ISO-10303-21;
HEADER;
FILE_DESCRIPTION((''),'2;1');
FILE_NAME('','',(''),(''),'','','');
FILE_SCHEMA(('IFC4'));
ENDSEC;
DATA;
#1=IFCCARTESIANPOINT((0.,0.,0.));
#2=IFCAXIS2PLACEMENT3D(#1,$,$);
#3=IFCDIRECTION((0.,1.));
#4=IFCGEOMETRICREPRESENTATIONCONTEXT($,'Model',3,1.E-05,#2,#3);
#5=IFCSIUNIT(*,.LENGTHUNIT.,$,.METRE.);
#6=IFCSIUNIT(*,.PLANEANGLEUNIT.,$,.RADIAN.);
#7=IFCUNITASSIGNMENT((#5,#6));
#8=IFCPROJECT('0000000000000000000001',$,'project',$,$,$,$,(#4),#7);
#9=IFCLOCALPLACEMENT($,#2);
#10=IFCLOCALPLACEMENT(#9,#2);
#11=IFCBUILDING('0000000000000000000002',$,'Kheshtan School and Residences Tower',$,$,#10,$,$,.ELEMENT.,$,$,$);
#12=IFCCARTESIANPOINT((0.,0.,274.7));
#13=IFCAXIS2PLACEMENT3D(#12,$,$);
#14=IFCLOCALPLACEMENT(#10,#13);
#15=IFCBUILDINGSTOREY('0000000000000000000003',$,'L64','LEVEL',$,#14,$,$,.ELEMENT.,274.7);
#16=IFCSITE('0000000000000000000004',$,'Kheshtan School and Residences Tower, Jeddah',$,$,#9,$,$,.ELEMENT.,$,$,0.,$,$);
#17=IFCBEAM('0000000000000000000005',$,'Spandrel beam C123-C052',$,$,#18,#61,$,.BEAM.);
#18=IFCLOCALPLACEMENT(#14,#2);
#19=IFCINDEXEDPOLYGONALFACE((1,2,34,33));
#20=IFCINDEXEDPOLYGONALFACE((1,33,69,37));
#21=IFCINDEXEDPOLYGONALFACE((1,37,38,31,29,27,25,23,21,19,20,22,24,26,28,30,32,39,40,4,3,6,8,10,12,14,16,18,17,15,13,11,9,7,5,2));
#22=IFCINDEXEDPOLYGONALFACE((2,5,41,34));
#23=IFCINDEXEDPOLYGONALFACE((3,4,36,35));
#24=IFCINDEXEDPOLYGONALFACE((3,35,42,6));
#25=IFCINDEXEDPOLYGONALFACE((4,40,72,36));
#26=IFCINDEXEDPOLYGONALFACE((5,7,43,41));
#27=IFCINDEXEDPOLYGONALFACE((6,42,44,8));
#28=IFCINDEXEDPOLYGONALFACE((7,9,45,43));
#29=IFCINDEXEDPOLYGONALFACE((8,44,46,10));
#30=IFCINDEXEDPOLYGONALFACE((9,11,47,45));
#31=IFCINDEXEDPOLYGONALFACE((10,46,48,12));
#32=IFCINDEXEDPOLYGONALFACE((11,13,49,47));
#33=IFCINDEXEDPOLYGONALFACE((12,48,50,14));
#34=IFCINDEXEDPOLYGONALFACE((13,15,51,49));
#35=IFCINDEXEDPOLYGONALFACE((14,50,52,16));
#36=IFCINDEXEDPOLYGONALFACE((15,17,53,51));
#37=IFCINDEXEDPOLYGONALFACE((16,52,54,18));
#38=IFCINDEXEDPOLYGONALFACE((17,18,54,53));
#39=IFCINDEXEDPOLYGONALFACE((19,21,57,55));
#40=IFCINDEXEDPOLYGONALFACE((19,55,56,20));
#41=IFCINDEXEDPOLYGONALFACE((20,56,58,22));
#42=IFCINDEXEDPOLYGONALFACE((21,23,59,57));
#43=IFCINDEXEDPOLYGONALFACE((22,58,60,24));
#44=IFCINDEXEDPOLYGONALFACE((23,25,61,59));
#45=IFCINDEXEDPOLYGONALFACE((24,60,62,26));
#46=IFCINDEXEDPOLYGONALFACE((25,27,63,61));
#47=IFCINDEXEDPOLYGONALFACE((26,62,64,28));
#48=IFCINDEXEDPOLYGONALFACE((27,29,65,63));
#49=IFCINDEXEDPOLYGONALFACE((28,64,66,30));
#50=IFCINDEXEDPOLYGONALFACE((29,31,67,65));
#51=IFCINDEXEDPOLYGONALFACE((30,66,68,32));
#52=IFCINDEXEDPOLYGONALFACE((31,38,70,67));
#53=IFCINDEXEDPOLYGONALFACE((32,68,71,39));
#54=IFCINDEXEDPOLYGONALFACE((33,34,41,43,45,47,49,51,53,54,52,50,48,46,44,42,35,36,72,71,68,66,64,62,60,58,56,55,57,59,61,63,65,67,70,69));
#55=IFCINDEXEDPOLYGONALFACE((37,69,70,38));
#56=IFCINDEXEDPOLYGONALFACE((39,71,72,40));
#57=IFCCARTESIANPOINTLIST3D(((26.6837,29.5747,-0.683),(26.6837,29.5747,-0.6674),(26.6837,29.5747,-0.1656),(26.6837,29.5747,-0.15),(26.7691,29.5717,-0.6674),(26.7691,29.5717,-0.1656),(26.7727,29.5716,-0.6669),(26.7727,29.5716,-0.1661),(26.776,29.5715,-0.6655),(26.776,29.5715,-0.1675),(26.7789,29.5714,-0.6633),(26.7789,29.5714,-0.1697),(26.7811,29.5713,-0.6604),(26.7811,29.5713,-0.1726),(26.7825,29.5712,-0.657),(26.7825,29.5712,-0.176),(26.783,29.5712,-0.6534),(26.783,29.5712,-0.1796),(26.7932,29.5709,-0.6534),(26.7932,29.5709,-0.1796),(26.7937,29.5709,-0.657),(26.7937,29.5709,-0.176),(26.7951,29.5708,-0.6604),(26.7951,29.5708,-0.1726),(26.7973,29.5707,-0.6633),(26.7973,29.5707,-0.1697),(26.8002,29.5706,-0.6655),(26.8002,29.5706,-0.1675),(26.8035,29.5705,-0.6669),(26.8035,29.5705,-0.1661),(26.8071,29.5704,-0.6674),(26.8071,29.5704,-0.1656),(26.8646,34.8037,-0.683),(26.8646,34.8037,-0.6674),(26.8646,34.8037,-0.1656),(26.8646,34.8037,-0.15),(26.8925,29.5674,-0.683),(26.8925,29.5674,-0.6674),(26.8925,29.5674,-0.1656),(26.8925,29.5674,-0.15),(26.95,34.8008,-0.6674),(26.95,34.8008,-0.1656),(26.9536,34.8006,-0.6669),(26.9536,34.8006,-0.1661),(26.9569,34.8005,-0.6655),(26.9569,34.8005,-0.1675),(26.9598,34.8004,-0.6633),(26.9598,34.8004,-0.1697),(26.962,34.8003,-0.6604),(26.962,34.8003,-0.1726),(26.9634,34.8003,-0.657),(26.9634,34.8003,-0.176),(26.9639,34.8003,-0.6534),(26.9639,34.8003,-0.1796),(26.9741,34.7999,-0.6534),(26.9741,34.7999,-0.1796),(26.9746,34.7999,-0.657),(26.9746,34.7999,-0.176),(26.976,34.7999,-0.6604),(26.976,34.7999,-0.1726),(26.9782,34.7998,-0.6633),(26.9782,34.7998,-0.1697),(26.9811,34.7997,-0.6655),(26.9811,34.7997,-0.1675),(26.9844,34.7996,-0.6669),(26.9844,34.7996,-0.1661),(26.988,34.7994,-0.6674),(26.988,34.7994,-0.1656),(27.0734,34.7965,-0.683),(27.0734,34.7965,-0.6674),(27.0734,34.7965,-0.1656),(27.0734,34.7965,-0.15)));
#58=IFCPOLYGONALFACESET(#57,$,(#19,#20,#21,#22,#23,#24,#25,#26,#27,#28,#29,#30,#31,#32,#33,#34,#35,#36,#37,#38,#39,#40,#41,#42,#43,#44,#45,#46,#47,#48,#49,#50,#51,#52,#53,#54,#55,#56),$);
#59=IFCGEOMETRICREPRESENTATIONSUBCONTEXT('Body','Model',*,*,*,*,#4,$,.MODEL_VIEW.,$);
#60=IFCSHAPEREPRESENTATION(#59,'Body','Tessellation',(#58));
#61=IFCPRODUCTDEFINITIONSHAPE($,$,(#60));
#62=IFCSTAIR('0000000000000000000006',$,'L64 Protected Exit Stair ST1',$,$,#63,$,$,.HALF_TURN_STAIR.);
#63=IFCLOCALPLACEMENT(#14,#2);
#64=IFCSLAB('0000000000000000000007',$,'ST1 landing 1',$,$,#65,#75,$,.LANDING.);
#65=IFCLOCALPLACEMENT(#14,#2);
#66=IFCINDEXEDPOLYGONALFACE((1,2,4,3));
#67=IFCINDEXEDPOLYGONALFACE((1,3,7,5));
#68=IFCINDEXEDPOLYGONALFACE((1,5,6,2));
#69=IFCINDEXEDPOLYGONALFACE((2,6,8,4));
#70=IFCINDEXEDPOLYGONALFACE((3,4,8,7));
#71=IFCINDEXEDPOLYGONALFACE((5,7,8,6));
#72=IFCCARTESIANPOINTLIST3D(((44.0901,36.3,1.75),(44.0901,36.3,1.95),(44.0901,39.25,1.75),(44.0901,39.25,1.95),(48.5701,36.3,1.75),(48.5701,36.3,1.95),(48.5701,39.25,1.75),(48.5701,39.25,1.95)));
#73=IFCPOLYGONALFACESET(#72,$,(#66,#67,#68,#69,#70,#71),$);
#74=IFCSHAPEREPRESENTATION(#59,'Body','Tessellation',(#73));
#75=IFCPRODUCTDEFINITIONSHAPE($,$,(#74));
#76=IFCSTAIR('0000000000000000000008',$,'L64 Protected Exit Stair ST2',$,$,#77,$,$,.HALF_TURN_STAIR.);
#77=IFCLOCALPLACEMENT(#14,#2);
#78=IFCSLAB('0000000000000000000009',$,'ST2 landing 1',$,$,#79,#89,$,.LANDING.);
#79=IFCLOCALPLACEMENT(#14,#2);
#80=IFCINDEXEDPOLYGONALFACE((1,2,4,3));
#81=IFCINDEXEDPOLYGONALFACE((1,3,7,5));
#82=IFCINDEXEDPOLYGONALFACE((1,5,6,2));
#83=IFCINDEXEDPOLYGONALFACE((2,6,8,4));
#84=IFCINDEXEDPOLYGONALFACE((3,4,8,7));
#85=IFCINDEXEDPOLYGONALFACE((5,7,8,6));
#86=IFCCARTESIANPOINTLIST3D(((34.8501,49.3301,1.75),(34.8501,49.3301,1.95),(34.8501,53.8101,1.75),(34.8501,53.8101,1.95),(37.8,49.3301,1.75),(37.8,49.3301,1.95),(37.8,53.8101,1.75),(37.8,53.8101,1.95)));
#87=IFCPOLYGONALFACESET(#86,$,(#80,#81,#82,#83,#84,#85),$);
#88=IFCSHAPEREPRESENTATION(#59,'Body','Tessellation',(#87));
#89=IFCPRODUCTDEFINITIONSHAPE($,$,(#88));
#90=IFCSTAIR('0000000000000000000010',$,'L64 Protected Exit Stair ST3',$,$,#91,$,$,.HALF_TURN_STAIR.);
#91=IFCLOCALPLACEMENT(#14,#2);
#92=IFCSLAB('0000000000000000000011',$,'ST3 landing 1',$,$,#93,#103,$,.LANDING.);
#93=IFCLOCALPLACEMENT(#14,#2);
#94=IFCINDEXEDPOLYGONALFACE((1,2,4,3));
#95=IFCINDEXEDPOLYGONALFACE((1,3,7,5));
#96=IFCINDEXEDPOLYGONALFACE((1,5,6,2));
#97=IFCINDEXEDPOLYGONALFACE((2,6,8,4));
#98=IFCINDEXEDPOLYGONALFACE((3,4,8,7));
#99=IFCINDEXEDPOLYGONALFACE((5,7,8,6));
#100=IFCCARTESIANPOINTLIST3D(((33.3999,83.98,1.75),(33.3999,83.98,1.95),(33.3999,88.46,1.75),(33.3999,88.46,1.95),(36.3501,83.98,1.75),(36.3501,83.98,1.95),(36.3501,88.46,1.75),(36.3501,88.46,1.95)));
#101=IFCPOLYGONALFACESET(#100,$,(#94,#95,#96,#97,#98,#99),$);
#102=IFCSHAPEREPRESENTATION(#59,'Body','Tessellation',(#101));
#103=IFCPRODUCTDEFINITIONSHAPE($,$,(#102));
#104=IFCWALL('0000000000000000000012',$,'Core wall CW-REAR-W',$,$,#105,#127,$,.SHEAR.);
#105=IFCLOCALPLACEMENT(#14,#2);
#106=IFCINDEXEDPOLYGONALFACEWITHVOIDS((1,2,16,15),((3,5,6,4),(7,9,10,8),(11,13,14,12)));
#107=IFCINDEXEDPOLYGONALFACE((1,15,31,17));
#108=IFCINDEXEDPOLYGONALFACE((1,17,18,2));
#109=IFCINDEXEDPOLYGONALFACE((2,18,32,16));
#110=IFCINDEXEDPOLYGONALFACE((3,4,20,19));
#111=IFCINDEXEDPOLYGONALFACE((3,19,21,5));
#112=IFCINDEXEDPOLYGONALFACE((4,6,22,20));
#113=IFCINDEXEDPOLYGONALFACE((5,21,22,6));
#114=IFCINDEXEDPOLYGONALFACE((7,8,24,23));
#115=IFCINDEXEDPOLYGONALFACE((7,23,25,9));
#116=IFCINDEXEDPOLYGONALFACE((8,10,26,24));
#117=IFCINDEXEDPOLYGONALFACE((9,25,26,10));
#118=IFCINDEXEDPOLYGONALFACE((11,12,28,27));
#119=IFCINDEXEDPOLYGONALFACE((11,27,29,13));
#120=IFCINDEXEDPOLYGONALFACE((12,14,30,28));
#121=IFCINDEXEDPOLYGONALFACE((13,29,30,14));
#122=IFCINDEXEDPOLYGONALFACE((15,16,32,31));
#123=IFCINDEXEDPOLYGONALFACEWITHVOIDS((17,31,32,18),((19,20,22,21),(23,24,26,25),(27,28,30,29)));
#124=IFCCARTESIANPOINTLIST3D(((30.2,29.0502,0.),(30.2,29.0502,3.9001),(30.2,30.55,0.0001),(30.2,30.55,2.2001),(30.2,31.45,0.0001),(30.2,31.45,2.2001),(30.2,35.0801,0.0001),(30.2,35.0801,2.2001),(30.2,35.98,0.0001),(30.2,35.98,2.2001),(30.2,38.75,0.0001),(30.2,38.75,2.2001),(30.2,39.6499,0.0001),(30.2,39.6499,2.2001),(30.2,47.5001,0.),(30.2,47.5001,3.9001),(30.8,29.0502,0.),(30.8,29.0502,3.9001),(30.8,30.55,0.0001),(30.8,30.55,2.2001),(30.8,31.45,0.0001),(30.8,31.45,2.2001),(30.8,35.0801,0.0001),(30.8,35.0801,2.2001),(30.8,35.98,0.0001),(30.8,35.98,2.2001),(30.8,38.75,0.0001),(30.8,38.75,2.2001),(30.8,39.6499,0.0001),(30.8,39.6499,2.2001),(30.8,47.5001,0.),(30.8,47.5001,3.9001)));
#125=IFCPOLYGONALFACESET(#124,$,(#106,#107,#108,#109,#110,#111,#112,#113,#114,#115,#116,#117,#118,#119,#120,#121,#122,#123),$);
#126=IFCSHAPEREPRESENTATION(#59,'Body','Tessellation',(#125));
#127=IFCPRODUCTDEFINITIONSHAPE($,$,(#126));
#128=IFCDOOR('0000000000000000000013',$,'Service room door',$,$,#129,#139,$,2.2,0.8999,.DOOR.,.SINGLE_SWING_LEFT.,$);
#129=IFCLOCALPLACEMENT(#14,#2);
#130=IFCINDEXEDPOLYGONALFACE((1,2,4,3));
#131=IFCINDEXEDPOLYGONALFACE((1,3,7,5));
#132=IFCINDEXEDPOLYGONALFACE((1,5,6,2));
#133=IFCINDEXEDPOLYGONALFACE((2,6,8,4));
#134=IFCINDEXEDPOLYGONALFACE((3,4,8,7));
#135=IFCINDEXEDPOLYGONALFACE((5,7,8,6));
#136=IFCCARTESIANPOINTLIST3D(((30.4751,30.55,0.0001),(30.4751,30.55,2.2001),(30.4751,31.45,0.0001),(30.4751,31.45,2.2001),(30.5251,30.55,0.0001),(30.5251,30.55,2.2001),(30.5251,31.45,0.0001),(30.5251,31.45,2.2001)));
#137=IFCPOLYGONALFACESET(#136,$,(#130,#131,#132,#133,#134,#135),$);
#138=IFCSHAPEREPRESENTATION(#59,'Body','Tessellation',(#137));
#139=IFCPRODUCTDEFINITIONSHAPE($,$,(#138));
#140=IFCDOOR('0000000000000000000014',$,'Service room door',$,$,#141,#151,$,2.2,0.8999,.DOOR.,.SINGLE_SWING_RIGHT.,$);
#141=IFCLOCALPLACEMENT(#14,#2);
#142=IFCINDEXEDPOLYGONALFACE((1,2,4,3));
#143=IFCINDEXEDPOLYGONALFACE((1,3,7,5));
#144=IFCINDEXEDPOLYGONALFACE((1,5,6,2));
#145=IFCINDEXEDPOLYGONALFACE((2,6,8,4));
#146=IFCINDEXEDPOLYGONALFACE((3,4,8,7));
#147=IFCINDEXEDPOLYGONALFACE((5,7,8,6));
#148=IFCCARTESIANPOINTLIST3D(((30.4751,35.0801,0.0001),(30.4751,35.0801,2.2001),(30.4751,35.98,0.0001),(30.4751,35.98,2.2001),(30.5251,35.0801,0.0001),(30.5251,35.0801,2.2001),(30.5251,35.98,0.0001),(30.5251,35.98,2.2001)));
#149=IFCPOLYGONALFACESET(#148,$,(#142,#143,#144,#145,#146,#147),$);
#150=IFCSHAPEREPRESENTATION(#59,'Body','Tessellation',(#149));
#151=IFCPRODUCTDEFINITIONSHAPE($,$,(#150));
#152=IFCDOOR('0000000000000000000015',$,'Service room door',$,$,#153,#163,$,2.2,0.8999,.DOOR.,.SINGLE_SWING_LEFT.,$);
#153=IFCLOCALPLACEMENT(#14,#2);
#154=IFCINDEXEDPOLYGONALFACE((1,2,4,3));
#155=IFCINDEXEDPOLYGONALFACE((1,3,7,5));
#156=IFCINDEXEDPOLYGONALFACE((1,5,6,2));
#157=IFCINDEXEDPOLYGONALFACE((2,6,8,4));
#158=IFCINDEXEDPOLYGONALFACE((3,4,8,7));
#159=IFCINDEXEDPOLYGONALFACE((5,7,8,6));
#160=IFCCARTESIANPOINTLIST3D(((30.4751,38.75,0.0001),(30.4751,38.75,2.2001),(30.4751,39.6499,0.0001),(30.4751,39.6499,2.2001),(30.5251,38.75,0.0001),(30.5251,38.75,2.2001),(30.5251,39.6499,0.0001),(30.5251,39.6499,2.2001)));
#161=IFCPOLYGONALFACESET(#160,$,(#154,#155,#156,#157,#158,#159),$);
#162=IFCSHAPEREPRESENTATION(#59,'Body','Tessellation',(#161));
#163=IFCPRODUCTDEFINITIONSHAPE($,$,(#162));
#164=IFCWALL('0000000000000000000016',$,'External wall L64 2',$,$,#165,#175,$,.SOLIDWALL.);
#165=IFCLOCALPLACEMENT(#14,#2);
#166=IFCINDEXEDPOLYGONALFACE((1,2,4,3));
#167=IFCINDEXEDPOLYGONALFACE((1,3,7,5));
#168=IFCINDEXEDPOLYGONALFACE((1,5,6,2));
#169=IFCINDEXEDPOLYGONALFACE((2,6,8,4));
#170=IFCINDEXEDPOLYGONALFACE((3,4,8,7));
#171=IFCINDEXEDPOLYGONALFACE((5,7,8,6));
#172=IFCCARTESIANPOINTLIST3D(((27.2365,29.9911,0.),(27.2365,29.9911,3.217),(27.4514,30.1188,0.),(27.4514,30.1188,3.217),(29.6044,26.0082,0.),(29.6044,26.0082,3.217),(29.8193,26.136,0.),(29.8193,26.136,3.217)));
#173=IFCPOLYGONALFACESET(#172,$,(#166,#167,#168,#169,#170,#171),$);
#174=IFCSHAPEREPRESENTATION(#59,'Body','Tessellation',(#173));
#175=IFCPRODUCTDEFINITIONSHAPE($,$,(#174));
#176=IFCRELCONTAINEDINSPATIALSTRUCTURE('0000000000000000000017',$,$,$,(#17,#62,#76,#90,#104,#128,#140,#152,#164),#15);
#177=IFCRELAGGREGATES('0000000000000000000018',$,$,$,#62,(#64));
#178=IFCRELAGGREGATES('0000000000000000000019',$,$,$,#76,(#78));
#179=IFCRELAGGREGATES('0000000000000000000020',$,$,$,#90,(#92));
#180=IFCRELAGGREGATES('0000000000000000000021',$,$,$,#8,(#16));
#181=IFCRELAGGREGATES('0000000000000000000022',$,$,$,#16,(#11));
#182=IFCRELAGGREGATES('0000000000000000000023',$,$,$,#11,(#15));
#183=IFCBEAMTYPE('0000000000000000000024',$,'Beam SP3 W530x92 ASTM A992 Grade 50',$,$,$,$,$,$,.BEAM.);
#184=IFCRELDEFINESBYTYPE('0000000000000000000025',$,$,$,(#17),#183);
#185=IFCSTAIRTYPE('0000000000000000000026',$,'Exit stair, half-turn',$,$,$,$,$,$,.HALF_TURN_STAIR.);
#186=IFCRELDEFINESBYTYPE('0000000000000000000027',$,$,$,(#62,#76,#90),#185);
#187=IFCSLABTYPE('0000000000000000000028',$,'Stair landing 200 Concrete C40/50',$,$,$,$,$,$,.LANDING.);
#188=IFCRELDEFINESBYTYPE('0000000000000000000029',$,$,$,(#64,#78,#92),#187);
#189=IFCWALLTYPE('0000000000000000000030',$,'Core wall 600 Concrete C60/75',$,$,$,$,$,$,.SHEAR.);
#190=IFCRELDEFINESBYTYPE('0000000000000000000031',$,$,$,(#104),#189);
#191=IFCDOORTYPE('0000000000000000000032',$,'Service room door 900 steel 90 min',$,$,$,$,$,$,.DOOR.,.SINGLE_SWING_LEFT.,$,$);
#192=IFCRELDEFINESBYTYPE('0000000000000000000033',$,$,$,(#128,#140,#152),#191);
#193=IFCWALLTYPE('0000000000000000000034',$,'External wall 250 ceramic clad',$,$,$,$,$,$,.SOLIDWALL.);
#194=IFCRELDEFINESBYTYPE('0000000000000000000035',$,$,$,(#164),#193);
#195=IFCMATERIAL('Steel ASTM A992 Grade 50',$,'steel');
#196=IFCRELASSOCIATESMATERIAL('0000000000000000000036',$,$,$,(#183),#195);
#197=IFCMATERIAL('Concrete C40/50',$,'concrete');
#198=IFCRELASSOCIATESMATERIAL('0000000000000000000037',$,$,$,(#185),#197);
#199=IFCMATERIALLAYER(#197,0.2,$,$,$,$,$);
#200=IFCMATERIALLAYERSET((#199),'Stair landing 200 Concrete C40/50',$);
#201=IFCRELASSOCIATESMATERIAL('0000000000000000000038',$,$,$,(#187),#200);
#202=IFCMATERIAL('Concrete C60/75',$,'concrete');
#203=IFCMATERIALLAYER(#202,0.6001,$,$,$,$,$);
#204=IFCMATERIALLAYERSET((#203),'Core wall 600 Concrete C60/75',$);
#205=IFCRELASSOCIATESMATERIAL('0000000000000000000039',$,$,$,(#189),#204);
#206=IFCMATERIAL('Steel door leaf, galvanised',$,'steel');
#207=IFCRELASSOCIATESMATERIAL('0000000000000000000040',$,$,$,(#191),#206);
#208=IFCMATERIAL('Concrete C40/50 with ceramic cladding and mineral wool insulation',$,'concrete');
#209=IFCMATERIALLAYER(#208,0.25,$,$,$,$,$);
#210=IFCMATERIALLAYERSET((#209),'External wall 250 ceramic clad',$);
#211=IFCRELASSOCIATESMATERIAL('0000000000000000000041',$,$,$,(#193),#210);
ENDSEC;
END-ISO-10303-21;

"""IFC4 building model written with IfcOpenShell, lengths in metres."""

from ifc_helpers import new_model, si_unit, direction, frame, frame_2d, origin, origin_2d, place, context, subcontext, project, spatial, polyline, rectangle, i_section, outline, extrude, source, transform, mapped, material, layer, layer_set, material_profile, profile_set, type_object, element, fill, aggregate, save


model = new_model("IFC4")

# Units and contexts
model_context = context("Model", 3, precision=1e-05, world=origin(), true_north=direction((0.0, 1.0)))
body_context = subcontext(model_context, "Body", "Model", "MODEL_VIEW")
ifc_project = project(units=[si_unit("LENGTHUNIT", "METRE"), si_unit("PLANEANGLEUNIT", "RADIAN")], contexts=[model_context])

# Site, building, storey
site_placement = place(None, origin())
site = spatial("IfcSite", under=ifc_project, at=site_placement, Name="Kheshtan School and Residences Tower, Jeddah", CompositionType="ELEMENT", RefElevation=0.0)
building_placement = place(site_placement, origin())
building = spatial("IfcBuilding", under=site, at=building_placement, Name="Kheshtan School and Residences Tower", CompositionType="ELEMENT")
storey_placement = place(building_placement, frame((0.0, 0.0, 274.7)))
storey = spatial("IfcBuildingStorey", under=building, at=storey_placement, Name="L64", Description="LEVEL", CompositionType="ELEMENT", Elevation=274.7)

# Shared definitions
ifc_material_1 = material(Name="Steel ASTM A992 Grade 50", Category="steel")

# Beam
ifc_material_profile_1 = material_profile(ifc_material_1, i_section(OverallWidth=0.209, OverallDepth=0.533, WebThickness=0.0103, FlangeThickness=0.0156, FilletRadius=0.0139, at=origin_2d()), Name="W530x92")
ifc_profile_set_1 = profile_set([ifc_material_profile_1], Name="Steel ASTM A992 Grade 50")
beam_type_1 = type_object("IfcBeamType", Name="Beam SP3 W530x92 ASTM A992 Grade 50", PredefinedType="BEAM", material=ifc_profile_set_1)
beam_1_placement = place(storey_placement, frame((26.7881, 29.571, -0.4165), z_axis=(0.034576, 0.999402, 0.0), x_axis=(-0.999402, 0.034576, 0.0)))
element("IfcBeam", 1, at=beam_1_placement, inside=storey, type_object=beam_type_1, Name="Spandrel beam C123-C052", PredefinedType="BEAM", context=body_context, shape_type="SweptSolid", body=[
    extrude(i_section(OverallWidth=0.209, OverallDepth=0.533, WebThickness=0.0103, FlangeThickness=0.0156, FilletRadius=0.0139, at=origin_2d()), origin(), (0.0, 0.0, 1.0), 5.2322),
])

# Shared definitions
ifc_material_2 = material(Name="Concrete C40/50", Category="concrete")

# Stairs, slabs
stair_type = type_object("IfcStairType", Name="Exit stair, half-turn", PredefinedType="HALF_TURN_STAIR", material=ifc_material_2)
stair_1_placement = place(storey_placement, origin())
stair_1 = element("IfcStair", 2, at=stair_1_placement, inside=storey, type_object=stair_type, Name="L64 Protected Exit Stair ST1", PredefinedType="HALF_TURN_STAIR")
ifc_layer_1 = layer(ifc_material_2, 0.2)
ifc_layer_set_1 = layer_set([ifc_layer_1], Name="Stair landing 200 Concrete C40/50")
slab_type_1 = type_object("IfcSlabType", Name="Stair landing 200 Concrete C40/50", PredefinedType="LANDING", material=ifc_layer_set_1)
slab_1_placement = place(storey_placement, frame((0.0, 0.0, 1.75)))
slab_1 = element("IfcSlab", 3, at=slab_1_placement, type_object=slab_type_1, Name="ST1 landing 1", PredefinedType="LANDING", context=body_context, shape_type="SweptSolid", body=[
    extrude(outline(polyline([(48.5701, 39.25), (44.0901, 39.25), (44.0901, 36.3), (48.5701, 36.3), (48.5701, 39.25)])), origin(), (0.0, 0.0, 1.0), 0.2),
])
aggregate(stair_1, [slab_1])
stair_2_placement = place(storey_placement, origin())
stair_2 = element("IfcStair", 4, at=stair_2_placement, inside=storey, type_object=stair_type, Name="L64 Protected Exit Stair ST2", PredefinedType="HALF_TURN_STAIR")
slab_2_placement = place(storey_placement, frame((0.0, 0.0, 1.75)))
slab_2 = element("IfcSlab", 5, at=slab_2_placement, type_object=slab_type_1, Name="ST2 landing 1", PredefinedType="LANDING", context=body_context, shape_type="SweptSolid", body=[
    extrude(outline(polyline([(37.8, 49.3301), (37.8, 53.8101), (34.8501, 53.8101), (34.8501, 49.3301), (37.8, 49.3301)])), origin(), (0.0, 0.0, 1.0), 0.2),
])
aggregate(stair_2, [slab_2])
stair_3_placement = place(storey_placement, origin())
stair_3 = element("IfcStair", 6, at=stair_3_placement, inside=storey, type_object=stair_type, Name="L64 Protected Exit Stair ST3", PredefinedType="HALF_TURN_STAIR")
slab_3_placement = place(storey_placement, frame((0.0, 0.0, 1.75)))
slab_3 = element("IfcSlab", 7, at=slab_3_placement, type_object=slab_type_1, Name="ST3 landing 1", PredefinedType="LANDING", context=body_context, shape_type="SweptSolid", body=[
    extrude(outline(polyline([(36.3501, 83.98), (36.3501, 88.46), (33.3999, 88.46), (33.3999, 83.98), (36.3501, 83.98)])), origin(), (0.0, 0.0, 1.0), 0.2),
])
aggregate(stair_3, [slab_3])

# Wall, openings, doors
ifc_material_3 = material(Name="Concrete C60/75", Category="concrete")
ifc_layer_2 = layer(ifc_material_3, 0.6001)
ifc_layer_set_2 = layer_set([ifc_layer_2], Name="Core wall 600 Concrete C60/75")
wall_type_1 = type_object("IfcWallType", Name="Core wall 600 Concrete C60/75", PredefinedType="SHEAR", material=ifc_layer_set_2)
wall_1_placement = place(storey_placement, frame((30.5, 29.05, 0.0), z_axis=(0.0, 0.0, 1.0), x_axis=(0.0, 1.0, 0.0)))
wall_1 = element("IfcWall", 8, at=wall_1_placement, inside=storey, type_object=wall_type_1, Name="Core wall CW-REAR-W", PredefinedType="SHEAR", context=body_context, shape_type="SweptSolid", body=[
    extrude(rectangle(XDim=18.45, YDim=0.6001, at=frame_2d((9.2251, 0.0))), origin(), (0.0, 0.0, 1.0), 3.9001),
])
opening_1_placement = place(wall_1_placement, frame((1.5, 0.0, 0.0)))
opening_1 = element("IfcOpeningElement", 9, at=opening_1_placement, cuts=wall_1, PredefinedType="OPENING", context=body_context, shape_type="SweptSolid", body=[
    extrude(rectangle(XDim=0.8999, YDim=2.2, at=frame_2d((0.45, 1.1001))), frame((0.0, 0.3101, 0.0), z_axis=(0.0, -1.0, 0.0), x_axis=(1.0, 0.0, 0.0)), (0.0, 0.0, 1.0), 0.6201),
])
opening_2_placement = place(wall_1_placement, frame((6.03, 0.0, 0.0)))
opening_2 = element("IfcOpeningElement", 10, at=opening_2_placement, cuts=wall_1, PredefinedType="OPENING", context=body_context, shape_type="SweptSolid", body=[
    extrude(rectangle(XDim=0.8999, YDim=2.2, at=frame_2d((0.45, 1.1001))), frame((0.0, 0.3101, 0.0), z_axis=(0.0, -1.0, 0.0), x_axis=(1.0, 0.0, 0.0)), (0.0, 0.0, 1.0), 0.6201),
])
opening_3_placement = place(wall_1_placement, frame((9.7, 0.0, 0.0)))
opening_3 = element("IfcOpeningElement", 11, at=opening_3_placement, cuts=wall_1, PredefinedType="OPENING", context=body_context, shape_type="SweptSolid", body=[
    extrude(rectangle(XDim=0.8999, YDim=2.2, at=frame_2d((0.45, 1.1001))), frame((0.0, 0.3101, 0.0), z_axis=(0.0, -1.0, 0.0), x_axis=(1.0, 0.0, 0.0)), (0.0, 0.0, 1.0), 0.6201),
])
ifc_material_4 = material(Name="Steel door leaf, galvanised", Category="steel")
door_type = type_object("IfcDoorType", Name="Service room door 900 steel 90 min", OperationType="SINGLE_SWING_LEFT", PredefinedType="DOOR", material=ifc_material_4)
shared_shape = source(origin(), body_context, "Body", "SweptSolid", [
    extrude(rectangle(XDim=0.8999, YDim=2.2, at=frame_2d((0.45, 1.1001))), frame((0.0, 0.0249, 0.0), z_axis=(0.0, -1.0, 0.0), x_axis=(1.0, 0.0, 0.0)), (0.0, 0.0, 1.0), 0.05),
])
door_1_placement = place(opening_1_placement, origin())
door_1 = element("IfcDoor", 12, at=door_1_placement, inside=storey, type_object=door_type, Name="Service room door", OperationType="SINGLE_SWING_LEFT", OverallHeight=2.2, OverallWidth=0.8999, PredefinedType="DOOR", context=body_context, shape_type="MappedRepresentation", body=[
    mapped(shared_shape, transform((0.0, 0.0, 0.0), x_axis=(1.0, 0.0, 0.0), y_axis=(0.0, 1.0, 0.0), z_axis=(0.0, 0.0, 1.0), scale=1.0)),
])
fill(opening_1, door_1)
door_2_placement = place(opening_2_placement, origin())
door_2 = element("IfcDoor", 13, at=door_2_placement, inside=storey, type_object=door_type, Name="Service room door", OperationType="SINGLE_SWING_RIGHT", OverallHeight=2.2, OverallWidth=0.8999, PredefinedType="DOOR", context=body_context, shape_type="MappedRepresentation", body=[
    mapped(shared_shape, transform((0.0, 0.0, 0.0), x_axis=(1.0, 0.0, 0.0), y_axis=(0.0, 1.0, 0.0), z_axis=(0.0, 0.0, 1.0), scale=1.0)),
])
fill(opening_2, door_2)
door_3_placement = place(opening_3_placement, origin())
door_3 = element("IfcDoor", 14, at=door_3_placement, inside=storey, type_object=door_type, Name="Service room door", OperationType="SINGLE_SWING_LEFT", OverallHeight=2.2, OverallWidth=0.8999, PredefinedType="DOOR", context=body_context, shape_type="MappedRepresentation", body=[
    mapped(shared_shape, transform((0.0, 0.0, 0.0), x_axis=(1.0, 0.0, 0.0), y_axis=(0.0, 1.0, 0.0), z_axis=(0.0, 0.0, 1.0), scale=1.0)),
])
fill(opening_3, door_3)

# Wall
ifc_material_5 = material(Name="Concrete C40/50 with ceramic cladding and mineral wool insulation", Category="concrete")
ifc_layer_3 = layer(ifc_material_5, 0.25)
ifc_layer_set_3 = layer_set([ifc_layer_3], Name="External wall 250 ceramic clad")
wall_type_2 = type_object("IfcWallType", Name="External wall 250 ceramic clad", PredefinedType="SOLIDWALL", material=ifc_layer_set_3)
wall_2_placement = place(storey_placement, frame((29.7119, 26.072, 0.0), z_axis=(0.0, 0.0, 1.0), x_axis=(-0.511028, 0.859564, 0.0)))
element("IfcWall", 15, at=wall_2_placement, inside=storey, type_object=wall_type_2, Name="External wall L64 2", PredefinedType="SOLIDWALL", context=body_context, shape_type="SweptSolid", body=[
    extrude(rectangle(XDim=4.6335, YDim=0.25, at=frame_2d((2.3169, 0.0))), origin(), (0.0, 0.0, 1.0), 3.217),
])

save(model, "model.ifc")
